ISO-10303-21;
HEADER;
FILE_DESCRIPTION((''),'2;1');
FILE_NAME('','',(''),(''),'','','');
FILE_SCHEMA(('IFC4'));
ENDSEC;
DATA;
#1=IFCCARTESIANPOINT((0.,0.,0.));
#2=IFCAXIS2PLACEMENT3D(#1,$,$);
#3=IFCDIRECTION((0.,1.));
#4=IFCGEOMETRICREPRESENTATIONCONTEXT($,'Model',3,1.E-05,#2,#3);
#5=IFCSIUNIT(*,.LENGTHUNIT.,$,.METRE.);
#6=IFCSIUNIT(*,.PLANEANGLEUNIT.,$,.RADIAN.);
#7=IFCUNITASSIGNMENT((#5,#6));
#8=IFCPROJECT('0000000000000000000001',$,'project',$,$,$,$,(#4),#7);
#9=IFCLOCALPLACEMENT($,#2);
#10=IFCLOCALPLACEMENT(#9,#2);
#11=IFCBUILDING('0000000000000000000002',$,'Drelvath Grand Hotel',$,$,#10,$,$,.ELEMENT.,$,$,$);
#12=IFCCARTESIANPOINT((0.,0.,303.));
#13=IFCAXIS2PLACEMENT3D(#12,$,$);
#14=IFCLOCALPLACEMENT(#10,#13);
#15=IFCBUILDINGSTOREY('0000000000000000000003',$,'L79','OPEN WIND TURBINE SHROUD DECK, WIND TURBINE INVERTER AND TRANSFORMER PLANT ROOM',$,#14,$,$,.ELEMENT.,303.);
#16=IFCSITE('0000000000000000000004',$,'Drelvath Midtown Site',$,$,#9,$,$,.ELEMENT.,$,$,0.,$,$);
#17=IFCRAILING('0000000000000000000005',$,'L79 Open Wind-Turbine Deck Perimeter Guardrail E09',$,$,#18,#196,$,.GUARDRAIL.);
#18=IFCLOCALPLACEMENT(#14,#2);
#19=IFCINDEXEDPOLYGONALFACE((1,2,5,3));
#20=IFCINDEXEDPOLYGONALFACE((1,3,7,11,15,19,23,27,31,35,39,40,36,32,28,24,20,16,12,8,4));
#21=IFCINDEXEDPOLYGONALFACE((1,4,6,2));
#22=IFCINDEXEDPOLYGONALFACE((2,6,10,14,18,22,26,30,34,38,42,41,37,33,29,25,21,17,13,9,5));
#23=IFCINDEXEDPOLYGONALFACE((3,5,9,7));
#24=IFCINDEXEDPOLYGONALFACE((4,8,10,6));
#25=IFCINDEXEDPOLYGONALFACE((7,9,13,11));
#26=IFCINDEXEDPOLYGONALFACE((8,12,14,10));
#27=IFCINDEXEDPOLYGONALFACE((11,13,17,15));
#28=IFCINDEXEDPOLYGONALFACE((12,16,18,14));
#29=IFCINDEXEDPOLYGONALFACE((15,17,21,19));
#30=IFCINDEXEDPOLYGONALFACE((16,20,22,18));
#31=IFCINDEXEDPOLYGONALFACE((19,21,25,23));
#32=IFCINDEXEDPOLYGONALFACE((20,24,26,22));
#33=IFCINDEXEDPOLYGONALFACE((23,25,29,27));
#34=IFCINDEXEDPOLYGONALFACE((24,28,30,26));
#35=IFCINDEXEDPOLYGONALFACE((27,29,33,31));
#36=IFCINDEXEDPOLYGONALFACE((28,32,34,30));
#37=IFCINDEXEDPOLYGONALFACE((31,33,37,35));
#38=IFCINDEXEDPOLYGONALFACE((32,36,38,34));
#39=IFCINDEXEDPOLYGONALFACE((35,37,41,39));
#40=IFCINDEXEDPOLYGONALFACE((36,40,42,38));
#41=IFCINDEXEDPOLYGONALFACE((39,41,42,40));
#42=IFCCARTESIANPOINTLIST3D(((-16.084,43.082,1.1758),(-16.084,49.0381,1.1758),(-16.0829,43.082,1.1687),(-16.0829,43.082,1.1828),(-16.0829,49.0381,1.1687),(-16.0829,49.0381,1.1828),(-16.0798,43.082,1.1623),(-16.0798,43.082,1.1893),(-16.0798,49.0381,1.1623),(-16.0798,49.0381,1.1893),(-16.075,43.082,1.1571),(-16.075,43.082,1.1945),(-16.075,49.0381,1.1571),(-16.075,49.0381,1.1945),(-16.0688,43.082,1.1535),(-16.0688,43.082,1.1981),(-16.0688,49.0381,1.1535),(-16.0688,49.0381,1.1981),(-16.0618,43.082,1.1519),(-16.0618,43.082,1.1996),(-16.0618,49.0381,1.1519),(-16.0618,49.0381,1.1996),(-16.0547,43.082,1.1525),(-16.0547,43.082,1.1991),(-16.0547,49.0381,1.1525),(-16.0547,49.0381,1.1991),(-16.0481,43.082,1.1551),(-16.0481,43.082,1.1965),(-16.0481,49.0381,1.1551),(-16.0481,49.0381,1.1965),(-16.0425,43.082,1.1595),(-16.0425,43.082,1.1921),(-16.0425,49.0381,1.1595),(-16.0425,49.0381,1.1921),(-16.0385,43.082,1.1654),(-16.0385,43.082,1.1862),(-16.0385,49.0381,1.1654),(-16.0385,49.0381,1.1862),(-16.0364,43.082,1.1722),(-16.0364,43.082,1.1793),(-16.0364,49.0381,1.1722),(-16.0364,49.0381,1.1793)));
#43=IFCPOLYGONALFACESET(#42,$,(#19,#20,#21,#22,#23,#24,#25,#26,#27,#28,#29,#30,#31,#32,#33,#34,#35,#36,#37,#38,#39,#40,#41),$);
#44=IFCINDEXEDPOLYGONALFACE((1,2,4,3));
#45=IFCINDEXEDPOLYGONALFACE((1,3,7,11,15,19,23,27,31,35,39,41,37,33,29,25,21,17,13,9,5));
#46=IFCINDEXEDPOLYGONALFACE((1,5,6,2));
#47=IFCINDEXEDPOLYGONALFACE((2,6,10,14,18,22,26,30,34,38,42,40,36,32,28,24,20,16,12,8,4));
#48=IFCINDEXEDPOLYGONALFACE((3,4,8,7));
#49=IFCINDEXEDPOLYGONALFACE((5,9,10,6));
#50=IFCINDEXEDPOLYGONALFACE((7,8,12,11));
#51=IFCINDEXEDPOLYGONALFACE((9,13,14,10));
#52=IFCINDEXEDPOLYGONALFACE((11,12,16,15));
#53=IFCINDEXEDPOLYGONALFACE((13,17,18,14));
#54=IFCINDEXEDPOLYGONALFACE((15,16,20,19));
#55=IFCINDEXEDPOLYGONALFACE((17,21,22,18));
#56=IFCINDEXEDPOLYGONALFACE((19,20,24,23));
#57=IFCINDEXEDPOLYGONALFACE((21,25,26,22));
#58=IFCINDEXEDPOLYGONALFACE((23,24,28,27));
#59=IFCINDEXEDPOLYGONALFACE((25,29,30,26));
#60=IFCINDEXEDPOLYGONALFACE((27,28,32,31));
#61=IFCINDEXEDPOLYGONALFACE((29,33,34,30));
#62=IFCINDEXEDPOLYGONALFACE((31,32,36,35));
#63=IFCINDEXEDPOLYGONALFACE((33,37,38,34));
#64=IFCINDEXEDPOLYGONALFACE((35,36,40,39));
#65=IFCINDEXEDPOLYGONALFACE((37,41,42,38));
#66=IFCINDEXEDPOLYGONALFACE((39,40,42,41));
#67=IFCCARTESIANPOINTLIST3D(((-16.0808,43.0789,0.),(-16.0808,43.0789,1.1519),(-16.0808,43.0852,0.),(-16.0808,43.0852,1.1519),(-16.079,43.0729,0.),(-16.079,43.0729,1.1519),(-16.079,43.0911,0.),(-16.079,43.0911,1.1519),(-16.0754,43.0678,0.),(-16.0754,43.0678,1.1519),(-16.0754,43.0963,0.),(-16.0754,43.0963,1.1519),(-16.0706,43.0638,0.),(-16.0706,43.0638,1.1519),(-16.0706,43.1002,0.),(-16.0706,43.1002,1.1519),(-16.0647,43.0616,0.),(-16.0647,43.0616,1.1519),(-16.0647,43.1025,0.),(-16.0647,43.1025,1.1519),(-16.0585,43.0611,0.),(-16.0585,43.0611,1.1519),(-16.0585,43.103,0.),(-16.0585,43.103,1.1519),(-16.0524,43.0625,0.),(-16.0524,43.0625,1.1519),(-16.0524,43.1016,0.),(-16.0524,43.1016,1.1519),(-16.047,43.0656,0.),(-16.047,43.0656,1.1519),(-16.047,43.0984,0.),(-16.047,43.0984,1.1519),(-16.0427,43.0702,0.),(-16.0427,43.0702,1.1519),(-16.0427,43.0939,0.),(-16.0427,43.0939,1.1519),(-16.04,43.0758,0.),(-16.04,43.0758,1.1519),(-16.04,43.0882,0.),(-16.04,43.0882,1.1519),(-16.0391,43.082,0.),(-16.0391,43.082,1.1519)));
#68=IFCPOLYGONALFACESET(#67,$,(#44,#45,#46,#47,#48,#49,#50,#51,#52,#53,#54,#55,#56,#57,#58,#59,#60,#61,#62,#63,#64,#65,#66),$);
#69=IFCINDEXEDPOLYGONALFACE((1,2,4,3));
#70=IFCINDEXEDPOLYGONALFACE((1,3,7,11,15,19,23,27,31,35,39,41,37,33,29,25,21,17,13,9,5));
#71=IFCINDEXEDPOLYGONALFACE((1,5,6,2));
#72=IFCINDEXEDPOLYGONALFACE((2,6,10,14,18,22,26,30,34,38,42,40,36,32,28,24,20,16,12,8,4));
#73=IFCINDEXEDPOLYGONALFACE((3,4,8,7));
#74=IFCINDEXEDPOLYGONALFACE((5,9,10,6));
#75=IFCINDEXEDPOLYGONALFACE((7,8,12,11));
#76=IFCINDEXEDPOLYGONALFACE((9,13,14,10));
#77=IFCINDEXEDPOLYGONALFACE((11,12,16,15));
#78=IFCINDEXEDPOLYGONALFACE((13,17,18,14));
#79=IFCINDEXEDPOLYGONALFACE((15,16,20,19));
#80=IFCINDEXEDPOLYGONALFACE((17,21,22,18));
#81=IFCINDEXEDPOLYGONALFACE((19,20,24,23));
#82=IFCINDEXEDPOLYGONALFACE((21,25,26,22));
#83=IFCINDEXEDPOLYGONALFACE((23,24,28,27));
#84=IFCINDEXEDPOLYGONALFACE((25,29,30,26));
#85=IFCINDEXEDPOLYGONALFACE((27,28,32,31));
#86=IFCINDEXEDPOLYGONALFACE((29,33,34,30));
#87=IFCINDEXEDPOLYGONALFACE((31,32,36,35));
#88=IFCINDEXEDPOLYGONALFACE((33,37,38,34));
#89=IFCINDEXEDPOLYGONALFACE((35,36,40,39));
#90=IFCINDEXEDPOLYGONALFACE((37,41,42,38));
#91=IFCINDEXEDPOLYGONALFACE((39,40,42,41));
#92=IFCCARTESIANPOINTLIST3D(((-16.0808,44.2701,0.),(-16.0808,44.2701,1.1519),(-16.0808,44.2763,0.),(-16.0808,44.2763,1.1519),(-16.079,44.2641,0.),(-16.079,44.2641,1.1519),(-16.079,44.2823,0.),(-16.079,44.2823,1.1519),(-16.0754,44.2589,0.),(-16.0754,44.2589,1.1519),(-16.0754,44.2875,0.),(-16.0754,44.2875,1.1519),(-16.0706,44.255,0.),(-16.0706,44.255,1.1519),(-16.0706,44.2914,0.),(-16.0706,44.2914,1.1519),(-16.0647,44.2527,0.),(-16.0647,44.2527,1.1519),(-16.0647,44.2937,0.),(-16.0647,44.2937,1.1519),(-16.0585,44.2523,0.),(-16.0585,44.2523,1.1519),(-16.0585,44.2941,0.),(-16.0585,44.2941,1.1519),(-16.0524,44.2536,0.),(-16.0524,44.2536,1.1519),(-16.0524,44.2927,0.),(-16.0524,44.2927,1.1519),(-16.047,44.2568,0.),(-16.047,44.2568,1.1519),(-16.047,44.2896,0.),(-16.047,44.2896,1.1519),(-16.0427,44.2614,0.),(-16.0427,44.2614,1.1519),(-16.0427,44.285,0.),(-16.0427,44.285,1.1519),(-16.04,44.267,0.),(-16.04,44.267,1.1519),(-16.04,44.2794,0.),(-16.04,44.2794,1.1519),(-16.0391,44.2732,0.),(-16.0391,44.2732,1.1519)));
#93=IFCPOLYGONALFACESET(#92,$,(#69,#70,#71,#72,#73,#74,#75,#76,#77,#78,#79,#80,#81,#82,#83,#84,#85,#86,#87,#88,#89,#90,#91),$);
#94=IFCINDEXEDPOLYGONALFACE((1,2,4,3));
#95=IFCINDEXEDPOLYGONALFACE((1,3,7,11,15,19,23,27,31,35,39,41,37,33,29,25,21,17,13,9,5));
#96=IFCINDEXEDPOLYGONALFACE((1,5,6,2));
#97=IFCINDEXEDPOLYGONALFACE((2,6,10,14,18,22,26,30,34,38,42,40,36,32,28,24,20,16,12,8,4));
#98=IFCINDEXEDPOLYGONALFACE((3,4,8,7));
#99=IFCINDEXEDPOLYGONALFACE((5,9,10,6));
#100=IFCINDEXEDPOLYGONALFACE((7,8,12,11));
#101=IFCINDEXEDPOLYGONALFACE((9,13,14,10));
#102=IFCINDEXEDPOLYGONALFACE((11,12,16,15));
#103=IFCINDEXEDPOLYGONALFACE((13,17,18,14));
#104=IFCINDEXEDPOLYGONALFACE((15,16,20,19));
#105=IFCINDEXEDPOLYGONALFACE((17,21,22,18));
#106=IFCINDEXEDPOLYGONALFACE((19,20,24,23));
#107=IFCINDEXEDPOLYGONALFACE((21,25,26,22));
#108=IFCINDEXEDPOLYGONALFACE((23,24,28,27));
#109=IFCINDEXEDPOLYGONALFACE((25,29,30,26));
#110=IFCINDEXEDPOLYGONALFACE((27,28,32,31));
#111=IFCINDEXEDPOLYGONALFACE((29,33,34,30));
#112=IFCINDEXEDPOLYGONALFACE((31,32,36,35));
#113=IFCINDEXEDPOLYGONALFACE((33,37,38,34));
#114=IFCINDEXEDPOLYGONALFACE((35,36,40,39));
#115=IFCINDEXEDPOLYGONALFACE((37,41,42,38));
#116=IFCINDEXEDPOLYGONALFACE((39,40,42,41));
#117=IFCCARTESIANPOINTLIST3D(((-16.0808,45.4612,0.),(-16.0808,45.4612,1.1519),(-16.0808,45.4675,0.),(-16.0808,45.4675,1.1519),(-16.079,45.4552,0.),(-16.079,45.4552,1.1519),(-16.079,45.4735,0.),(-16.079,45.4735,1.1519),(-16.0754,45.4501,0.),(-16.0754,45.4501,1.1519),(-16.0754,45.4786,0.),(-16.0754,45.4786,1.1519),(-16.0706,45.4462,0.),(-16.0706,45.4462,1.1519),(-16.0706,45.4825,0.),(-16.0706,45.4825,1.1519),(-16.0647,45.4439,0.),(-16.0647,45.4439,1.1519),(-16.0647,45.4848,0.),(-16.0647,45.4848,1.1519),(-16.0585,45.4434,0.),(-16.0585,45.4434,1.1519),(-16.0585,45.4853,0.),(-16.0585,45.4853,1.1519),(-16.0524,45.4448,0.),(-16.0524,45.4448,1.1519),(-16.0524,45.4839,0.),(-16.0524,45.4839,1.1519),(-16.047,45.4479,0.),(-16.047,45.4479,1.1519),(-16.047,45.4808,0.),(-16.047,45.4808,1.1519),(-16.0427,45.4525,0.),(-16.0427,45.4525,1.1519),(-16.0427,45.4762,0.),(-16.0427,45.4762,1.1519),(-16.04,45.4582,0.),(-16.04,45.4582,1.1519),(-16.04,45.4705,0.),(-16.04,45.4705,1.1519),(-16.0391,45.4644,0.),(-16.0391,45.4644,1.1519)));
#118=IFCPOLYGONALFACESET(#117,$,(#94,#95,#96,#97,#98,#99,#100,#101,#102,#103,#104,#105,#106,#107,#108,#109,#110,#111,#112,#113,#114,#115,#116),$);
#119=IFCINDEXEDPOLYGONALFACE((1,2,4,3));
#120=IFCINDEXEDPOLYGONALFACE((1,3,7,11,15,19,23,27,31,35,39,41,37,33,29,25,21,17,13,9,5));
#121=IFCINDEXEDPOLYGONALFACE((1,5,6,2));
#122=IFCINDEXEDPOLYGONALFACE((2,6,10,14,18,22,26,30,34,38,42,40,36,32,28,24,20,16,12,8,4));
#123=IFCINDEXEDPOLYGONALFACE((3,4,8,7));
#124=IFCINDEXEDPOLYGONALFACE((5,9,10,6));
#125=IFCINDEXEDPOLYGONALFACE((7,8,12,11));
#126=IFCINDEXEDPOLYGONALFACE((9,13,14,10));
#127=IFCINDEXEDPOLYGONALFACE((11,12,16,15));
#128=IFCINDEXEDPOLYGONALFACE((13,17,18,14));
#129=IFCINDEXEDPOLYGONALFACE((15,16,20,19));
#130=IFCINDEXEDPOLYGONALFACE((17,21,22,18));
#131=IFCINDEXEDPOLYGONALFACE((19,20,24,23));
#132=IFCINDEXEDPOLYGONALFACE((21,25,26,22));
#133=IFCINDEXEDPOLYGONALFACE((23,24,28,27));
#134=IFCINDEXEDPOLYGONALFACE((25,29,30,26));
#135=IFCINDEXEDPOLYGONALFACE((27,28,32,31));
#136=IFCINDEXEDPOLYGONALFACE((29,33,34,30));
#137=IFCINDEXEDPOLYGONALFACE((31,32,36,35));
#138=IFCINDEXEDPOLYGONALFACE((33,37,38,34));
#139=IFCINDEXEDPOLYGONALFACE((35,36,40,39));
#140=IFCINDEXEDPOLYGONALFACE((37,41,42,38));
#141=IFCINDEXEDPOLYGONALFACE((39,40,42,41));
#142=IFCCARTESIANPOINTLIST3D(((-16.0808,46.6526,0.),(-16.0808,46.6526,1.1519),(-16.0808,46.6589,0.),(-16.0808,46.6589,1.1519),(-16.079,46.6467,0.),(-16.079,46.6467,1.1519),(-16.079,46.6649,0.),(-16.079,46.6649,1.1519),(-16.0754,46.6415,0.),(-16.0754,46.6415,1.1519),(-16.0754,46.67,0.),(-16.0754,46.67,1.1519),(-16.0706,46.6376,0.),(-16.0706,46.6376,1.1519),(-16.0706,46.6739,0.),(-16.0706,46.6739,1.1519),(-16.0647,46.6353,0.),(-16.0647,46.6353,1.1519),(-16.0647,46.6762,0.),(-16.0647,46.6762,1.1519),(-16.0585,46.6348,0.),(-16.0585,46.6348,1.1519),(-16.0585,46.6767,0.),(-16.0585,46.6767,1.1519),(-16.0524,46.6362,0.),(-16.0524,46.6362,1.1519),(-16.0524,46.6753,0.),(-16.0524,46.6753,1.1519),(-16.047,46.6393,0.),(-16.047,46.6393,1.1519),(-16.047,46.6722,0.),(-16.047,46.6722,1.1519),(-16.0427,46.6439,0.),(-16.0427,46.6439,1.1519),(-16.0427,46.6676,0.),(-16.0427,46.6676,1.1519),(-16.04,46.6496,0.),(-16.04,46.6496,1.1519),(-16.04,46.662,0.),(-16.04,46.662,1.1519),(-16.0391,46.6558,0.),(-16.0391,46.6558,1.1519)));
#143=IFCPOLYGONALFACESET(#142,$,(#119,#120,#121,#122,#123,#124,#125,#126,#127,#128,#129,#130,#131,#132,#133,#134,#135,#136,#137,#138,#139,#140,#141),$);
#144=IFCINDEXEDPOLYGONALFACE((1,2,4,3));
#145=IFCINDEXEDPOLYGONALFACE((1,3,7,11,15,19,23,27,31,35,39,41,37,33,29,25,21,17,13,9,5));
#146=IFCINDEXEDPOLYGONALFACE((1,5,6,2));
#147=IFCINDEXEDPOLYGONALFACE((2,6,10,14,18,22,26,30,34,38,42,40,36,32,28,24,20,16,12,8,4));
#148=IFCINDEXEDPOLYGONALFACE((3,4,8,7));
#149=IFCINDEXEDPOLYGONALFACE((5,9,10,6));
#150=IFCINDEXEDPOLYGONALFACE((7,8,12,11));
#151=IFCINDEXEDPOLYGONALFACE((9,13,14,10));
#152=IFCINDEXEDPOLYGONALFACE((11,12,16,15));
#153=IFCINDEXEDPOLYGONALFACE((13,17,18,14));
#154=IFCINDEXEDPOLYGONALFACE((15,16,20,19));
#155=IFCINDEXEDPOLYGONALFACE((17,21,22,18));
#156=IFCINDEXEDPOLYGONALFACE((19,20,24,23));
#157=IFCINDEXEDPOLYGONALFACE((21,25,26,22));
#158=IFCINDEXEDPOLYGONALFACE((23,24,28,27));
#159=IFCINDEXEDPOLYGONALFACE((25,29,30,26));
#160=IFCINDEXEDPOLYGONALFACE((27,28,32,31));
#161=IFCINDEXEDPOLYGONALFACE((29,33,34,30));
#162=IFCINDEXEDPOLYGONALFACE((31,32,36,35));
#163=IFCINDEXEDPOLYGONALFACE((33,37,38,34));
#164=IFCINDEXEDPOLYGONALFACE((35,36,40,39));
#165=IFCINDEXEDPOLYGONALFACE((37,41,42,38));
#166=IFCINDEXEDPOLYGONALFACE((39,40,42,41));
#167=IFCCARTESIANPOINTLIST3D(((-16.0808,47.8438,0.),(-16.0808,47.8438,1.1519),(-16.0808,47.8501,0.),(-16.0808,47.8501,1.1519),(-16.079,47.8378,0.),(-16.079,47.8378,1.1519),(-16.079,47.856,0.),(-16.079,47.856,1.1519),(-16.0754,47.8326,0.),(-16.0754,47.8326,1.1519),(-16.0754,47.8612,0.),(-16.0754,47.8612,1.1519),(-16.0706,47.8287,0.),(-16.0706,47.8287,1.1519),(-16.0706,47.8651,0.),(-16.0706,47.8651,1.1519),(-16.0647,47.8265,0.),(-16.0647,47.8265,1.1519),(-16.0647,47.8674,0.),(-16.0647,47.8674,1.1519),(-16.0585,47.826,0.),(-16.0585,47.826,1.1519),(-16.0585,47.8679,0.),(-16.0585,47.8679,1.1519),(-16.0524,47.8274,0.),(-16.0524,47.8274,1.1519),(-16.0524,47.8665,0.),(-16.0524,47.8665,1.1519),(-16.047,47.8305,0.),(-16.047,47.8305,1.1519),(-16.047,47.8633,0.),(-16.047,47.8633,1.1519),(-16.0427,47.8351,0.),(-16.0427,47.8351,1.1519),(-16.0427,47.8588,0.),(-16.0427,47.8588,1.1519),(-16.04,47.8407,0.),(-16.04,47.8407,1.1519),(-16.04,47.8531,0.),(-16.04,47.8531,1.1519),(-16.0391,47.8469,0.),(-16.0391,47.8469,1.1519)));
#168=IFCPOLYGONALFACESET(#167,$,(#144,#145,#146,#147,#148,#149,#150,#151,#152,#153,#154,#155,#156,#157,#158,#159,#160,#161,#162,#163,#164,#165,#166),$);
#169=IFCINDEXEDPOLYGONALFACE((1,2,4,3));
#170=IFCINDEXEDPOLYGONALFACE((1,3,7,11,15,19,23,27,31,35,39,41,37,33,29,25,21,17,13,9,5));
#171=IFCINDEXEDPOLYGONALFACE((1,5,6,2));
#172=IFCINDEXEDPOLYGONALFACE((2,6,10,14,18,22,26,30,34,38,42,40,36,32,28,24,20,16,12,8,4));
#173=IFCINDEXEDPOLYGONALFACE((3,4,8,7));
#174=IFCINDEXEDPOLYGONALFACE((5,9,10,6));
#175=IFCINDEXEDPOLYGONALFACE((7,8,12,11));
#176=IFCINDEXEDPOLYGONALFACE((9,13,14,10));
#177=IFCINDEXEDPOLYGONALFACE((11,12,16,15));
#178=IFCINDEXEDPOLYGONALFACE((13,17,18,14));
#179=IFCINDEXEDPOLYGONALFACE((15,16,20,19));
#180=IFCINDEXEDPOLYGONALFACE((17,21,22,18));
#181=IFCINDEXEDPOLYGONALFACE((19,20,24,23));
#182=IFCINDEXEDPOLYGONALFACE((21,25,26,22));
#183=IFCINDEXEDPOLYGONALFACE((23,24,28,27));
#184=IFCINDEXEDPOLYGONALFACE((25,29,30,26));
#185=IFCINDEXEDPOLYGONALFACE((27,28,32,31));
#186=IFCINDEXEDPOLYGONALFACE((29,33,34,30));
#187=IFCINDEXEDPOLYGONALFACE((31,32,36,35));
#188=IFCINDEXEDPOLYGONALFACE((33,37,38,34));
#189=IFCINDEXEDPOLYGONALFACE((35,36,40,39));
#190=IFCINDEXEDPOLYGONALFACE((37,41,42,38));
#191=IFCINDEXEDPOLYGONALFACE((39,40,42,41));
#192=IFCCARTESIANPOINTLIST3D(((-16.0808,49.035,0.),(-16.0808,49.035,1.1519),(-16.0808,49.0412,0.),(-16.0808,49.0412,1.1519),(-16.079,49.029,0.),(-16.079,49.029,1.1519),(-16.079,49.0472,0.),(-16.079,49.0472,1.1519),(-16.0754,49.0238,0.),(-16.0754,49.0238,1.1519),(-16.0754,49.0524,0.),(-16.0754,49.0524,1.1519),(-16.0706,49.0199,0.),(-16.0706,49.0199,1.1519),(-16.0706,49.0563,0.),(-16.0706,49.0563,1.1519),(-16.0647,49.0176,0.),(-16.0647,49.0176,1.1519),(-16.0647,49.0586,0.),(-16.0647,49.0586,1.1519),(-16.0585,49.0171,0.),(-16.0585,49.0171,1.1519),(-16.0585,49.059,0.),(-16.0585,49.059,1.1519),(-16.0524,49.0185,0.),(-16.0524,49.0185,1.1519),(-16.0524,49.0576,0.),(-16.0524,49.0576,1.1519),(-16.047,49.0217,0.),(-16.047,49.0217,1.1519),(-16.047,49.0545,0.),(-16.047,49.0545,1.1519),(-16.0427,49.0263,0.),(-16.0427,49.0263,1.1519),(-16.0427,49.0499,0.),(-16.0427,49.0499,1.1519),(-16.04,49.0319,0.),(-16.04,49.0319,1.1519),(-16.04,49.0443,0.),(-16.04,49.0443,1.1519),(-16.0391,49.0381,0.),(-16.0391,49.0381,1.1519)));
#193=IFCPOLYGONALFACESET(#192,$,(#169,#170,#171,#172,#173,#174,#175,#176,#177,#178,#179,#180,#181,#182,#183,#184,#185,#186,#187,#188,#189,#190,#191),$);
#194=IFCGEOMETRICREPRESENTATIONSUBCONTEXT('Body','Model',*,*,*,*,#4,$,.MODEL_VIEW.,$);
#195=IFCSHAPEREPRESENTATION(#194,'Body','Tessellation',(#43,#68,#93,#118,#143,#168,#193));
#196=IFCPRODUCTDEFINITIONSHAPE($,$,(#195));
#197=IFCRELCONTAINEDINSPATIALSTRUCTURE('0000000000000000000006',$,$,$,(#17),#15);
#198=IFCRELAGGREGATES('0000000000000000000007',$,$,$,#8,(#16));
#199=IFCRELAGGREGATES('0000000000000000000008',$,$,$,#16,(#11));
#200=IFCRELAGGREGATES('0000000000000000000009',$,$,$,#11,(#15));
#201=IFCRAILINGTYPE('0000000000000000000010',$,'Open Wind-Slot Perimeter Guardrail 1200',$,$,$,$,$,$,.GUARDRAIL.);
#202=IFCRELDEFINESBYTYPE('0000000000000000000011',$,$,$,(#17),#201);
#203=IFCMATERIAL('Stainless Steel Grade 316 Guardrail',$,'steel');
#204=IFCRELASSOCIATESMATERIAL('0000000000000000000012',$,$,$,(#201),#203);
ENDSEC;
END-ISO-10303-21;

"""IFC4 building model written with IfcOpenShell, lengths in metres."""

from ifc_helpers import new_model, si_unit, direction, frame, origin, origin_2d, place, context, subcontext, project, spatial, circle, extrude, material, type_object, element, save


model = new_model("IFC4")

# Units and contexts
model_context = context("Model", 3, precision=1e-05, world=origin(), true_north=direction((0.0, 1.0)))
body_context = subcontext(model_context, "Body", "Model", "MODEL_VIEW")
ifc_project = project(units=[si_unit("LENGTHUNIT", "METRE"), si_unit("PLANEANGLEUNIT", "RADIAN")], contexts=[model_context])

# Site, building, storey
site_placement = place(None, origin())
site = spatial("IfcSite", under=ifc_project, at=site_placement, Name="Drelvath Midtown Site", CompositionType="ELEMENT", RefElevation=0.0)
building_placement = place(site_placement, origin())
building = spatial("IfcBuilding", under=site, at=building_placement, Name="Drelvath Grand Hotel", CompositionType="ELEMENT")
storey_placement = place(building_placement, frame((0.0, 0.0, 303.0)))
storey = spatial("IfcBuildingStorey", under=building, at=storey_placement, Name="L79", Description="OPEN WIND TURBINE SHROUD DECK, WIND TURBINE INVERTER AND TRANSFORMER PLANT ROOM", CompositionType="ELEMENT", Elevation=303.0)

# Railing
ifc_material_1 = material(Name="Stainless Steel Grade 316 Guardrail", Category="steel")
railing_type = type_object("IfcRailingType", Name="Open Wind-Slot Perimeter Guardrail 1200", PredefinedType="GUARDRAIL", material=ifc_material_1)
railing_1_placement = place(storey_placement, frame((-16.0601, 43.082, 0.0)))
element("IfcRailing", 1, at=railing_1_placement, inside=storey, type_object=railing_type, Name="L79 Open Wind-Turbine Deck Perimeter Guardrail E09", PredefinedType="GUARDRAIL", context=body_context, shape_type="SweptSolid", body=[
    extrude(circle(Radius=0.0239, at=origin_2d()), frame((0.0, 0.0, 1.1758), z_axis=(0.0, 1.0, 0.0), x_axis=(-1.0, 0.0, 0.0)), (0.0, 0.0, 1.0), 5.9561),
    extrude(circle(Radius=0.021, at=origin_2d()), origin(), (0.0, 0.0, 1.0), 1.1519),
    extrude(circle(Radius=0.021, at=origin_2d()), frame((0.0, 1.1912, 0.0)), (0.0, 0.0, 1.0), 1.1519),
    extrude(circle(Radius=0.021, at=origin_2d()), frame((0.0, 2.3823, 0.0)), (0.0, 0.0, 1.0), 1.1519),
    extrude(circle(Radius=0.021, at=origin_2d()), frame((0.0, 3.5737, 0.0)), (0.0, 0.0, 1.0), 1.1519),
    extrude(circle(Radius=0.021, at=origin_2d()), frame((0.0, 4.7649, 0.0)), (0.0, 0.0, 1.0), 1.1519),
    extrude(circle(Radius=0.021, at=origin_2d()), frame((0.0, 5.9561, 0.0)), (0.0, 0.0, 1.0), 1.1519),
])

save(model, "model.ifc")
